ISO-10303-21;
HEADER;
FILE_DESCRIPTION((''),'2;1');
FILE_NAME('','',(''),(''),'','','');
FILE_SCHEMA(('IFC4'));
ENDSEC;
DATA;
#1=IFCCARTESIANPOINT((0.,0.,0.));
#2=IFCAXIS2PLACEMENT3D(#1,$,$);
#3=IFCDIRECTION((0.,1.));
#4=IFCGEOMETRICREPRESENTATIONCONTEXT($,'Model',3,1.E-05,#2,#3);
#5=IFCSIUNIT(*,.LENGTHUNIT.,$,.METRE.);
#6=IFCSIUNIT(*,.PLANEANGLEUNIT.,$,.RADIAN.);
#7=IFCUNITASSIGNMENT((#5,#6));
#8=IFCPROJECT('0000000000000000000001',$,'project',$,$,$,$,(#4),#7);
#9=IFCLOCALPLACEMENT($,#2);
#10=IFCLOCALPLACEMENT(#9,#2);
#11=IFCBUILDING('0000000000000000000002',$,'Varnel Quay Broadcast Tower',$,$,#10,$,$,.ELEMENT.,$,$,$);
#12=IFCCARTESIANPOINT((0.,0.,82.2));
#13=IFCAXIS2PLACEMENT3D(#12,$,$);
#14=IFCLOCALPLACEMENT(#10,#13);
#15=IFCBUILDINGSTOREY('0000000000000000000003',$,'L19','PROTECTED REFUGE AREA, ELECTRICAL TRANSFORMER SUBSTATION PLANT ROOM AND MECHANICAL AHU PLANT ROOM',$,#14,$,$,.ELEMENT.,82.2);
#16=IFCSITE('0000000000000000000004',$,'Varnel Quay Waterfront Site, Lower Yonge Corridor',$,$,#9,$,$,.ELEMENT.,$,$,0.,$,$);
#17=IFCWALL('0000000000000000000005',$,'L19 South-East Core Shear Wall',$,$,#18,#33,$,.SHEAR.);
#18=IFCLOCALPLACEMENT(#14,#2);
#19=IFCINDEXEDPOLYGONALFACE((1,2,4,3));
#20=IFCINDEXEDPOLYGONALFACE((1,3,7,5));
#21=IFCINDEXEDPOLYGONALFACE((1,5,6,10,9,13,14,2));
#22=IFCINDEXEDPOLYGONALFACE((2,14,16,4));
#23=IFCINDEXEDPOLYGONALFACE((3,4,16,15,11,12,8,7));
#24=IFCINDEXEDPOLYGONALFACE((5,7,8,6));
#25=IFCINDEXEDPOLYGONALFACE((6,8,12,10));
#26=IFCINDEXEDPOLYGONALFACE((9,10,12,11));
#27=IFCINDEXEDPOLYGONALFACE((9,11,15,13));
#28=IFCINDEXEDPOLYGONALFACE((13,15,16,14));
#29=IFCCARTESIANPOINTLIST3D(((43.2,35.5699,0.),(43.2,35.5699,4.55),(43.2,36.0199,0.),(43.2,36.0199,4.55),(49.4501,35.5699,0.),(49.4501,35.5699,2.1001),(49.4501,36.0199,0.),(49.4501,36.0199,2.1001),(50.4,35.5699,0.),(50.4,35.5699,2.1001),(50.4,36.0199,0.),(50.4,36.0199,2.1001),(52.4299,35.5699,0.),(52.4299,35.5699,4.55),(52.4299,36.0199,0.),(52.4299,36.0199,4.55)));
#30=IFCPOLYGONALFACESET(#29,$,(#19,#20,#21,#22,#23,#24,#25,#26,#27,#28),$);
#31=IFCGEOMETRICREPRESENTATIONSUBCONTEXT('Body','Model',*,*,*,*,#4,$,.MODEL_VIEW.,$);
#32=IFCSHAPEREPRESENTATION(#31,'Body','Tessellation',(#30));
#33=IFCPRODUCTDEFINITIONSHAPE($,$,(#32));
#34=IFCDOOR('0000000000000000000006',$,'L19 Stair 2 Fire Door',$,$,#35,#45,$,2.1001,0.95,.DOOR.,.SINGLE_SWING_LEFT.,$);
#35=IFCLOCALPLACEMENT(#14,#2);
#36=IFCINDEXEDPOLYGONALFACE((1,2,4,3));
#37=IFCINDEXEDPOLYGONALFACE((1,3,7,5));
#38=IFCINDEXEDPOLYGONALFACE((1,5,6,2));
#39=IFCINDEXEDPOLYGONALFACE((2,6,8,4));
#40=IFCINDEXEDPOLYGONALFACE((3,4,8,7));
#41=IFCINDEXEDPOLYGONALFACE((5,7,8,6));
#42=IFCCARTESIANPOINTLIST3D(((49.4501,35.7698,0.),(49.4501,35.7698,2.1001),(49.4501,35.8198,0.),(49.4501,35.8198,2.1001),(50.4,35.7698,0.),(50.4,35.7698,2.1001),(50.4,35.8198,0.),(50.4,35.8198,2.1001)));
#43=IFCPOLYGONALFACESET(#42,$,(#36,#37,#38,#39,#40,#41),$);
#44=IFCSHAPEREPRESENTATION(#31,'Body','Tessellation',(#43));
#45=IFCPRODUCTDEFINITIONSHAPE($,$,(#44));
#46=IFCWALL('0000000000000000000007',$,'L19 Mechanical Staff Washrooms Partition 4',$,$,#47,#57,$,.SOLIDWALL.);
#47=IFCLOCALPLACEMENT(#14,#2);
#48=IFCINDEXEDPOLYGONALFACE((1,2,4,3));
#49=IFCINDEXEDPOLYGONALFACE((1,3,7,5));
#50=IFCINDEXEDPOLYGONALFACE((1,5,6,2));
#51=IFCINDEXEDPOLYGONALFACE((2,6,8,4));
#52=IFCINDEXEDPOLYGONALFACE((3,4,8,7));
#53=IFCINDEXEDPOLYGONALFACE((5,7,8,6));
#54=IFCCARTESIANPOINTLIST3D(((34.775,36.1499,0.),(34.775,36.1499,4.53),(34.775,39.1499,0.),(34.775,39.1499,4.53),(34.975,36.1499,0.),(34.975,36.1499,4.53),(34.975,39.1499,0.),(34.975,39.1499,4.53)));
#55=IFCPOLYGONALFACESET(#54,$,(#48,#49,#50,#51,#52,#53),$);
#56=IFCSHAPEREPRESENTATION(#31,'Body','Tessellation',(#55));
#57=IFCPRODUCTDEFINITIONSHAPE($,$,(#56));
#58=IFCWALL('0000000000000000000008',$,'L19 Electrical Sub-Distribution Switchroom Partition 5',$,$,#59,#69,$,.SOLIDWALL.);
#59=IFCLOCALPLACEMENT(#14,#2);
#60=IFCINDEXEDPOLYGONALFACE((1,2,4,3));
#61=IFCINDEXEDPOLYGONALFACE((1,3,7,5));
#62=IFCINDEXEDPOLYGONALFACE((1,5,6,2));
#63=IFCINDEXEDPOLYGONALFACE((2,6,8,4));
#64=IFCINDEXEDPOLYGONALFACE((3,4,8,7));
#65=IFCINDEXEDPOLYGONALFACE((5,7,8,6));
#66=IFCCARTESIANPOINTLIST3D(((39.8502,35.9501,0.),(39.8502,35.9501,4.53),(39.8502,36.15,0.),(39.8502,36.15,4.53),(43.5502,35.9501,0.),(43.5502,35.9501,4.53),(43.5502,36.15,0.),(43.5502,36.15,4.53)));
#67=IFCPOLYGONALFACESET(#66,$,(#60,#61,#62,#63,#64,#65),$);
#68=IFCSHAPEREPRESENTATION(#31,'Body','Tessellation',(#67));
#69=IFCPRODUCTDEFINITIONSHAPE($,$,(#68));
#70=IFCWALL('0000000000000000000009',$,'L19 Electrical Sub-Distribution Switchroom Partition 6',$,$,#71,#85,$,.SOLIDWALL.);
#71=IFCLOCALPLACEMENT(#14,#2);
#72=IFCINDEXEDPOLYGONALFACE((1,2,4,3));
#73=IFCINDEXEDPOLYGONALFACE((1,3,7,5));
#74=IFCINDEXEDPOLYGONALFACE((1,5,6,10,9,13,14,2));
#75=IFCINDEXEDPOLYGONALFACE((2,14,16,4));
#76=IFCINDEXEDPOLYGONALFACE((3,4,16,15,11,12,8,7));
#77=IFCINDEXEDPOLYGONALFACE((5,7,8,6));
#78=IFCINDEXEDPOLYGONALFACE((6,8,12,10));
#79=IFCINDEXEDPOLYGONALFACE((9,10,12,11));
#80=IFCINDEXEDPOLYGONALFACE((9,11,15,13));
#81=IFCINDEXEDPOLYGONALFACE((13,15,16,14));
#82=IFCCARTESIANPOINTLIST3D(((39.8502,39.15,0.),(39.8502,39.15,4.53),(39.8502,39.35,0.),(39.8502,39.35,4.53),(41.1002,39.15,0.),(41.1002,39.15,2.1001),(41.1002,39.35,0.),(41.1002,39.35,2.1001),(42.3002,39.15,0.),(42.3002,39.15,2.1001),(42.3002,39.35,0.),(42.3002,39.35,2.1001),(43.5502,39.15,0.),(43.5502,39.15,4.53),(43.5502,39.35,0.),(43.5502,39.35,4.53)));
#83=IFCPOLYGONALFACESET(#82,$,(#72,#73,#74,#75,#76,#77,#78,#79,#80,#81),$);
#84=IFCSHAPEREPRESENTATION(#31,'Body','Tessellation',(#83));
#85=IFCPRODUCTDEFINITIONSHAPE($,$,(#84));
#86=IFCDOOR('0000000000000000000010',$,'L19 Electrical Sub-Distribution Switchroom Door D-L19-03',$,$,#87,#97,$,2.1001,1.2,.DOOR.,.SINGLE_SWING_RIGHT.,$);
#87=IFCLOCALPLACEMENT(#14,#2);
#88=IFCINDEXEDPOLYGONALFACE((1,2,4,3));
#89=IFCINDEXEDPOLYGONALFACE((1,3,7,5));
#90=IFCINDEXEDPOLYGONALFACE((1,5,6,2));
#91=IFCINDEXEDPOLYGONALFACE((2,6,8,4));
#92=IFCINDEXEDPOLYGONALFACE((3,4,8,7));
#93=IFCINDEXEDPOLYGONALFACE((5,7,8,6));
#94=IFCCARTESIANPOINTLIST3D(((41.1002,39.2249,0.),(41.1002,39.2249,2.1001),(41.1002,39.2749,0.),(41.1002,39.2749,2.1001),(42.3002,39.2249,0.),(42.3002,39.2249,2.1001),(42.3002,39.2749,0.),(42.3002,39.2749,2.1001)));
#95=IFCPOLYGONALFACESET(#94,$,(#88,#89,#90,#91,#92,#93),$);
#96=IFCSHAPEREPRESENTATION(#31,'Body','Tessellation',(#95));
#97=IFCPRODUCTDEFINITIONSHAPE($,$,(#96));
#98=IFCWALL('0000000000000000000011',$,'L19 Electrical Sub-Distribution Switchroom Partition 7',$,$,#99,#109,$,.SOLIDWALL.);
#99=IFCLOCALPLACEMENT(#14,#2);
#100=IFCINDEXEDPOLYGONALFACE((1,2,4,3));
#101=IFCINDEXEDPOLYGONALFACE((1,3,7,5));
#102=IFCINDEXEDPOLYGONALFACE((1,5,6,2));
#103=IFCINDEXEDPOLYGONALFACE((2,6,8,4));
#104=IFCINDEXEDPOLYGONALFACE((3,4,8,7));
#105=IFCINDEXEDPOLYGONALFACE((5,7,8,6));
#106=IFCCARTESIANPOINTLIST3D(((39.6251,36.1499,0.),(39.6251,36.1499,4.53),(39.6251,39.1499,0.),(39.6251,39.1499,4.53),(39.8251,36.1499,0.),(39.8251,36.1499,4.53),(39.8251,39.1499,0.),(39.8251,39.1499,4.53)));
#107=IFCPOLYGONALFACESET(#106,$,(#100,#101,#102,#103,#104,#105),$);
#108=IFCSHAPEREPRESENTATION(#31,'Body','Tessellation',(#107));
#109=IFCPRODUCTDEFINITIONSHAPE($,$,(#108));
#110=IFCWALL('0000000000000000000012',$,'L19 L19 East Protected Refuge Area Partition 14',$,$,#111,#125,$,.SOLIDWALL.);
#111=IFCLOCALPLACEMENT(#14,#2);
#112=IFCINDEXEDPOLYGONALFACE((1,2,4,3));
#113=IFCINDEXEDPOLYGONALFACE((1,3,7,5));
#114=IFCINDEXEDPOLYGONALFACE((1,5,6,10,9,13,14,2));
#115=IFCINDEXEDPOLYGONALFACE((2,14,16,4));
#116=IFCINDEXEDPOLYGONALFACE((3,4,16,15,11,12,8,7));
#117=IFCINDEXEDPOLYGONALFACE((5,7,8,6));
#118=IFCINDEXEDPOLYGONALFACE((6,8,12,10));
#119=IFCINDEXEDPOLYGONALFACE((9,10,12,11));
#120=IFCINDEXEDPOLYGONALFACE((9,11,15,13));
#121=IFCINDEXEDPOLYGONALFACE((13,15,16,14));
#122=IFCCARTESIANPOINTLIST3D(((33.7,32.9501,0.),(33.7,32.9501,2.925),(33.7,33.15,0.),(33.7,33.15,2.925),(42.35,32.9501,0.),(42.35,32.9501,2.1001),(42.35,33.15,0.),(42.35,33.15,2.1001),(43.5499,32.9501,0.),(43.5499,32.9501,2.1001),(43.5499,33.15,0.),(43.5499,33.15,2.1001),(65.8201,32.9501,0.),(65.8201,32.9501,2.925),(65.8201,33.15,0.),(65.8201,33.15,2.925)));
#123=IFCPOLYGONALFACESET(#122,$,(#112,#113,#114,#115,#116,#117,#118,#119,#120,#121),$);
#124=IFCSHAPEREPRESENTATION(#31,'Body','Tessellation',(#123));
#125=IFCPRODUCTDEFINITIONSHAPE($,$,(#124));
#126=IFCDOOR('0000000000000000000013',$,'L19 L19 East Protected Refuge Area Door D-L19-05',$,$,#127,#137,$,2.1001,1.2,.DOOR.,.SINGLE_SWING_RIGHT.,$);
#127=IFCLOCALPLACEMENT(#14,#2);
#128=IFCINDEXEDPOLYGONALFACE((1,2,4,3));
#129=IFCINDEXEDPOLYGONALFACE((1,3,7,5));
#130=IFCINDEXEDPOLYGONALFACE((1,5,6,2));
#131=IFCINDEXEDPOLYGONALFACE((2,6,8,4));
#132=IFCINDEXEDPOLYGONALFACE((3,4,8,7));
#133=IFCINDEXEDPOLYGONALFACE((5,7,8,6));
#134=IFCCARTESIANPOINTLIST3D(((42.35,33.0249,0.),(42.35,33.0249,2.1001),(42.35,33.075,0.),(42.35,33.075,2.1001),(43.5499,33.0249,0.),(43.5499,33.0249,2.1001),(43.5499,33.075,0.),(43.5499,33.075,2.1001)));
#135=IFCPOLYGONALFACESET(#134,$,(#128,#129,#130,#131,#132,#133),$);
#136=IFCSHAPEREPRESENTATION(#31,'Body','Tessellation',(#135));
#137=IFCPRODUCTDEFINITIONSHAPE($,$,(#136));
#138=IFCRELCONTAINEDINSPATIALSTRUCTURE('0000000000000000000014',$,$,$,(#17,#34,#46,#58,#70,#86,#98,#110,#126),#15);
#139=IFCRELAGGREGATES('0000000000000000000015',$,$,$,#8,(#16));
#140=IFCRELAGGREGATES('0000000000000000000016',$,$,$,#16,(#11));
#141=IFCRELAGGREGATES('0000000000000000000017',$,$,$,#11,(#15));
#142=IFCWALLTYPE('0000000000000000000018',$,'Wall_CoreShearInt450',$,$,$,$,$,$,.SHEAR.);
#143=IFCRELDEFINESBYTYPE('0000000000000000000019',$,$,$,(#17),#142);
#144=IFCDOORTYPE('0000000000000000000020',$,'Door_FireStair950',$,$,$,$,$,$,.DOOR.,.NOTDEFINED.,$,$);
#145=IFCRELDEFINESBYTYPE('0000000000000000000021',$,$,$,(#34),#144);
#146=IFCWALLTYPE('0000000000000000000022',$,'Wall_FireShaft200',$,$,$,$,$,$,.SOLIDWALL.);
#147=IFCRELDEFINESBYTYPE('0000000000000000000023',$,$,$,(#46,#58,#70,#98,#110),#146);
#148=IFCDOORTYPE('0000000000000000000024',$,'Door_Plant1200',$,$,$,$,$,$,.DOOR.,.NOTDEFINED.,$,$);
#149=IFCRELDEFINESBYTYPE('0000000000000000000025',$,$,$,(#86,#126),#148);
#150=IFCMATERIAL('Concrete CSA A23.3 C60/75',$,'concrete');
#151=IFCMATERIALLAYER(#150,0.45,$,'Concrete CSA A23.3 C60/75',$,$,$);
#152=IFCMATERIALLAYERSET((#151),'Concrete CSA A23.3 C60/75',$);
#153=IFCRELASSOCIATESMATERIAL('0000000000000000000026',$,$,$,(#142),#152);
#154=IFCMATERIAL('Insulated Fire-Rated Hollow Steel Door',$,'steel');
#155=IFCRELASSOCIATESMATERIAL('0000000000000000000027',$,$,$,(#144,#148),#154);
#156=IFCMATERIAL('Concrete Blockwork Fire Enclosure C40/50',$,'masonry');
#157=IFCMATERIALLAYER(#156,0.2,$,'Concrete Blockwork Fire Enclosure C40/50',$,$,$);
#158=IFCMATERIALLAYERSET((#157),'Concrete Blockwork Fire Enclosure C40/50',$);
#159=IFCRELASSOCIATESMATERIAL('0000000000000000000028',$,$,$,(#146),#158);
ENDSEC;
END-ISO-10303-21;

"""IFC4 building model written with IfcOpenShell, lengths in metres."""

from ifc_helpers import new_model, si_unit, direction, frame, frame_2d, origin, place, context, subcontext, project, spatial, rectangle, extrude, source, transform, mapped, material, layer, layer_set, type_object, type_shapes, element, fill, save


model = new_model("IFC4")

# Units and contexts
model_context = context("Model", 3, precision=1e-05, world=origin(), true_north=direction((0.0, 1.0)))
body_context = subcontext(model_context, "Body", "Model", "MODEL_VIEW")
ifc_project = project(units=[si_unit("LENGTHUNIT", "METRE"), si_unit("PLANEANGLEUNIT", "RADIAN")], contexts=[model_context])

# Site, building, storey
site_placement = place(None, origin())
site = spatial("IfcSite", under=ifc_project, at=site_placement, Name="Varnel Quay Waterfront Site, Lower Yonge Corridor", CompositionType="ELEMENT", RefElevation=0.0)
building_placement = place(site_placement, origin())
building = spatial("IfcBuilding", under=site, at=building_placement, Name="Varnel Quay Broadcast Tower", CompositionType="ELEMENT")
storey_placement = place(building_placement, frame((0.0, 0.0, 82.2)))
storey = spatial("IfcBuildingStorey", under=building, at=storey_placement, Name="L19", Description="PROTECTED REFUGE AREA, ELECTRICAL TRANSFORMER SUBSTATION PLANT ROOM AND MECHANICAL AHU PLANT ROOM", CompositionType="ELEMENT", Elevation=82.2)

# Shared definitions
ifc_material_1 = material(Name="Concrete CSA A23.3 C60/75", Category="concrete")

# Wall, opening, door
ifc_layer_1 = layer(ifc_material_1, 0.45, Name="Concrete CSA A23.3 C60/75")
ifc_layer_set_1 = layer_set([ifc_layer_1], Name="Concrete CSA A23.3 C60/75")
wall_type_1 = type_object("IfcWallType", Name="Wall_CoreShearInt450", PredefinedType="SHEAR", material=ifc_layer_set_1)
wall_1_placement = place(storey_placement, frame((43.2, 35.7949, 0.0), z_axis=(0.0, 0.0, 1.0), x_axis=(1.0, 0.0, 0.0)))
wall_1 = element("IfcWall", 1, at=wall_1_placement, inside=storey, type_object=wall_type_1, Name="L19 South-East Core Shear Wall", PredefinedType="SHEAR", context=body_context, shape_type="SweptSolid", body=[
    extrude(rectangle(XDim=9.23, YDim=0.45, at=frame_2d((4.615, 0.0))), origin(), (0.0, 0.0, 1.0), 4.55),
])
opening_1_placement = place(wall_1_placement, frame((6.25, 0.0, 0.0)))
opening_1 = element("IfcOpeningElement", 2, at=opening_1_placement, cuts=wall_1, PredefinedType="OPENING", context=body_context, shape_type="SweptSolid", body=[
    extrude(rectangle(XDim=0.95, YDim=2.1001, at=frame_2d((0.4751, 1.05))), frame((0.0, 0.2349, 0.0), z_axis=(0.0, -1.0, 0.0), x_axis=(1.0, 0.0, 0.0)), (0.0, 0.0, 1.0), 0.47),
])
ifc_material_2 = material(Name="Insulated Fire-Rated Hollow Steel Door", Category="steel")
door_type_1 = type_object("IfcDoorType", Name="Door_FireStair950", OperationType="NOTDEFINED", PredefinedType="DOOR", material=ifc_material_2)
shared_shape_1 = source(origin(), body_context, "Body", "SweptSolid", [
    extrude(rectangle(XDim=0.95, YDim=2.1001, at=frame_2d((0.4751, 1.05))), frame((0.0, 0.0249, 0.0), z_axis=(0.0, -1.0, 0.0), x_axis=(1.0, 0.0, 0.0)), (0.0, 0.0, 1.0), 0.05),
])
type_shapes(door_type_1, [shared_shape_1])
door_1_placement = place(opening_1_placement, origin())
door_1 = element("IfcDoor", 3, at=door_1_placement, inside=storey, type_object=door_type_1, Name="L19 Stair 2 Fire Door", OperationType="SINGLE_SWING_LEFT", OverallHeight=2.1001, OverallWidth=0.95, PredefinedType="DOOR", context=body_context, shape_type="MappedRepresentation", body=[
    mapped(shared_shape_1, transform((0.0, 0.0, 0.0), x_axis=(1.0, 0.0, 0.0), y_axis=(0.0, 1.0, 0.0), z_axis=(0.0, 0.0, 1.0), scale=1.0)),
])
fill(opening_1, door_1)

# Walls
ifc_material_3 = material(Name="Concrete Blockwork Fire Enclosure C40/50", Category="masonry")
ifc_layer_2 = layer(ifc_material_3, 0.2, Name="Concrete Blockwork Fire Enclosure C40/50")
ifc_layer_set_2 = layer_set([ifc_layer_2], Name="Concrete Blockwork Fire Enclosure C40/50")
wall_type_2 = type_object("IfcWallType", Name="Wall_FireShaft200", PredefinedType="SOLIDWALL", material=ifc_layer_set_2)
wall_2_placement = place(storey_placement, frame((34.875, 36.1499, 0.0), z_axis=(0.0, 0.0, 1.0), x_axis=(0.0, 1.0, 0.0)))
element("IfcWall", 4, at=wall_2_placement, inside=storey, type_object=wall_type_2, Name="L19 Mechanical Staff Washrooms Partition 4", PredefinedType="SOLIDWALL", context=body_context, shape_type="SweptSolid", body=[
    extrude(rectangle(XDim=3.0, YDim=0.2, at=frame_2d((1.5, 0.0))), origin(), (0.0, 0.0, 1.0), 4.53),
])
wall_3_placement = place(storey_placement, frame((39.8501, 36.05, 0.0), z_axis=(0.0, 0.0, 1.0), x_axis=(1.0, 0.0, 0.0)))
element("IfcWall", 5, at=wall_3_placement, inside=storey, type_object=wall_type_2, Name="L19 Electrical Sub-Distribution Switchroom Partition 5", PredefinedType="SOLIDWALL", context=body_context, shape_type="SweptSolid", body=[
    extrude(rectangle(XDim=3.7, YDim=0.2, at=frame_2d((1.8501, 0.0))), origin(), (0.0, 0.0, 1.0), 4.53),
])

# Wall, opening, door
wall_4_placement = place(storey_placement, frame((39.8501, 39.25, 0.0), z_axis=(0.0, 0.0, 1.0), x_axis=(1.0, 0.0, 0.0)))
wall_4 = element("IfcWall", 6, at=wall_4_placement, inside=storey, type_object=wall_type_2, Name="L19 Electrical Sub-Distribution Switchroom Partition 6", PredefinedType="SOLIDWALL", context=body_context, shape_type="SweptSolid", body=[
    extrude(rectangle(XDim=3.7, YDim=0.2, at=frame_2d((1.8501, 0.0))), origin(), (0.0, 0.0, 1.0), 4.53),
])
opening_2_placement = place(wall_4_placement, frame((1.25, 0.0, 0.0)))
opening_2 = element("IfcOpeningElement", 7, at=opening_2_placement, cuts=wall_4, PredefinedType="OPENING", context=body_context, shape_type="SweptSolid", body=[
    extrude(rectangle(XDim=1.2, YDim=2.1001, at=frame_2d((0.6001, 1.05))), frame((0.0, 0.1099, 0.0), z_axis=(0.0, -1.0, 0.0), x_axis=(1.0, 0.0, 0.0)), (0.0, 0.0, 1.0), 0.22),
])
door_type_2 = type_object("IfcDoorType", Name="Door_Plant1200", OperationType="NOTDEFINED", PredefinedType="DOOR", material=ifc_material_2)
shared_shape_2 = source(origin(), body_context, "Body", "SweptSolid", [
    extrude(rectangle(XDim=1.2, YDim=2.1001, at=frame_2d((0.6001, 1.05))), frame((0.0, 0.0249, 0.0), z_axis=(0.0, -1.0, 0.0), x_axis=(1.0, 0.0, 0.0)), (0.0, 0.0, 1.0), 0.05),
])
type_shapes(door_type_2, [shared_shape_2])
door_2_placement = place(opening_2_placement, origin())
door_2 = element("IfcDoor", 8, at=door_2_placement, inside=storey, type_object=door_type_2, Name="L19 Electrical Sub-Distribution Switchroom Door D-L19-03", OperationType="SINGLE_SWING_RIGHT", OverallHeight=2.1001, OverallWidth=1.2, PredefinedType="DOOR", context=body_context, shape_type="MappedRepresentation", body=[
    mapped(shared_shape_2, transform((0.0, 0.0, 0.0), x_axis=(1.0, 0.0, 0.0), y_axis=(0.0, 1.0, 0.0), z_axis=(0.0, 0.0, 1.0), scale=1.0)),
])
fill(opening_2, door_2)

# Wall
wall_5_placement = place(storey_placement, frame((39.7251, 36.1499, 0.0), z_axis=(0.0, 0.0, 1.0), x_axis=(0.0, 1.0, 0.0)))
element("IfcWall", 9, at=wall_5_placement, inside=storey, type_object=wall_type_2, Name="L19 Electrical Sub-Distribution Switchroom Partition 7", PredefinedType="SOLIDWALL", context=body_context, shape_type="SweptSolid", body=[
    extrude(rectangle(XDim=3.0, YDim=0.2, at=frame_2d((1.5, 0.0))), origin(), (0.0, 0.0, 1.0), 4.53),
])

# Wall, opening, door
wall_6_placement = place(storey_placement, frame((33.7, 33.05, 0.0), z_axis=(0.0, 0.0, 1.0), x_axis=(1.0, 0.0, 0.0)))
wall_6 = element("IfcWall", 10, at=wall_6_placement, inside=storey, type_object=wall_type_2, Name="L19 L19 East Protected Refuge Area Partition 14", PredefinedType="SOLIDWALL", context=body_context, shape_type="SweptSolid", body=[
    extrude(rectangle(XDim=32.1201, YDim=0.2, at=frame_2d((16.0601, 0.0))), origin(), (0.0, 0.0, 1.0), 2.925),
])
opening_3_placement = place(wall_6_placement, frame((8.6499, 0.0, 0.0)))
opening_3 = element("IfcOpeningElement", 11, at=opening_3_placement, cuts=wall_6, PredefinedType="OPENING", context=body_context, shape_type="SweptSolid", body=[
    extrude(rectangle(XDim=1.2, YDim=2.1001, at=frame_2d((0.6001, 1.05))), frame((0.0, 0.1099, 0.0), z_axis=(0.0, -1.0, 0.0), x_axis=(1.0, 0.0, 0.0)), (0.0, 0.0, 1.0), 0.22),
])
door_3_placement = place(opening_3_placement, origin())
door_3 = element("IfcDoor", 12, at=door_3_placement, inside=storey, type_object=door_type_2, Name="L19 L19 East Protected Refuge Area Door D-L19-05", OperationType="SINGLE_SWING_RIGHT", OverallHeight=2.1001, OverallWidth=1.2, PredefinedType="DOOR", context=body_context, shape_type="MappedRepresentation", body=[
    mapped(shared_shape_2, transform((0.0, 0.0, 0.0), x_axis=(1.0, 0.0, 0.0), y_axis=(0.0, 1.0, 0.0), z_axis=(0.0, 0.0, 1.0), scale=1.0)),
])
fill(opening_3, door_3)

save(model, "model.ifc")
